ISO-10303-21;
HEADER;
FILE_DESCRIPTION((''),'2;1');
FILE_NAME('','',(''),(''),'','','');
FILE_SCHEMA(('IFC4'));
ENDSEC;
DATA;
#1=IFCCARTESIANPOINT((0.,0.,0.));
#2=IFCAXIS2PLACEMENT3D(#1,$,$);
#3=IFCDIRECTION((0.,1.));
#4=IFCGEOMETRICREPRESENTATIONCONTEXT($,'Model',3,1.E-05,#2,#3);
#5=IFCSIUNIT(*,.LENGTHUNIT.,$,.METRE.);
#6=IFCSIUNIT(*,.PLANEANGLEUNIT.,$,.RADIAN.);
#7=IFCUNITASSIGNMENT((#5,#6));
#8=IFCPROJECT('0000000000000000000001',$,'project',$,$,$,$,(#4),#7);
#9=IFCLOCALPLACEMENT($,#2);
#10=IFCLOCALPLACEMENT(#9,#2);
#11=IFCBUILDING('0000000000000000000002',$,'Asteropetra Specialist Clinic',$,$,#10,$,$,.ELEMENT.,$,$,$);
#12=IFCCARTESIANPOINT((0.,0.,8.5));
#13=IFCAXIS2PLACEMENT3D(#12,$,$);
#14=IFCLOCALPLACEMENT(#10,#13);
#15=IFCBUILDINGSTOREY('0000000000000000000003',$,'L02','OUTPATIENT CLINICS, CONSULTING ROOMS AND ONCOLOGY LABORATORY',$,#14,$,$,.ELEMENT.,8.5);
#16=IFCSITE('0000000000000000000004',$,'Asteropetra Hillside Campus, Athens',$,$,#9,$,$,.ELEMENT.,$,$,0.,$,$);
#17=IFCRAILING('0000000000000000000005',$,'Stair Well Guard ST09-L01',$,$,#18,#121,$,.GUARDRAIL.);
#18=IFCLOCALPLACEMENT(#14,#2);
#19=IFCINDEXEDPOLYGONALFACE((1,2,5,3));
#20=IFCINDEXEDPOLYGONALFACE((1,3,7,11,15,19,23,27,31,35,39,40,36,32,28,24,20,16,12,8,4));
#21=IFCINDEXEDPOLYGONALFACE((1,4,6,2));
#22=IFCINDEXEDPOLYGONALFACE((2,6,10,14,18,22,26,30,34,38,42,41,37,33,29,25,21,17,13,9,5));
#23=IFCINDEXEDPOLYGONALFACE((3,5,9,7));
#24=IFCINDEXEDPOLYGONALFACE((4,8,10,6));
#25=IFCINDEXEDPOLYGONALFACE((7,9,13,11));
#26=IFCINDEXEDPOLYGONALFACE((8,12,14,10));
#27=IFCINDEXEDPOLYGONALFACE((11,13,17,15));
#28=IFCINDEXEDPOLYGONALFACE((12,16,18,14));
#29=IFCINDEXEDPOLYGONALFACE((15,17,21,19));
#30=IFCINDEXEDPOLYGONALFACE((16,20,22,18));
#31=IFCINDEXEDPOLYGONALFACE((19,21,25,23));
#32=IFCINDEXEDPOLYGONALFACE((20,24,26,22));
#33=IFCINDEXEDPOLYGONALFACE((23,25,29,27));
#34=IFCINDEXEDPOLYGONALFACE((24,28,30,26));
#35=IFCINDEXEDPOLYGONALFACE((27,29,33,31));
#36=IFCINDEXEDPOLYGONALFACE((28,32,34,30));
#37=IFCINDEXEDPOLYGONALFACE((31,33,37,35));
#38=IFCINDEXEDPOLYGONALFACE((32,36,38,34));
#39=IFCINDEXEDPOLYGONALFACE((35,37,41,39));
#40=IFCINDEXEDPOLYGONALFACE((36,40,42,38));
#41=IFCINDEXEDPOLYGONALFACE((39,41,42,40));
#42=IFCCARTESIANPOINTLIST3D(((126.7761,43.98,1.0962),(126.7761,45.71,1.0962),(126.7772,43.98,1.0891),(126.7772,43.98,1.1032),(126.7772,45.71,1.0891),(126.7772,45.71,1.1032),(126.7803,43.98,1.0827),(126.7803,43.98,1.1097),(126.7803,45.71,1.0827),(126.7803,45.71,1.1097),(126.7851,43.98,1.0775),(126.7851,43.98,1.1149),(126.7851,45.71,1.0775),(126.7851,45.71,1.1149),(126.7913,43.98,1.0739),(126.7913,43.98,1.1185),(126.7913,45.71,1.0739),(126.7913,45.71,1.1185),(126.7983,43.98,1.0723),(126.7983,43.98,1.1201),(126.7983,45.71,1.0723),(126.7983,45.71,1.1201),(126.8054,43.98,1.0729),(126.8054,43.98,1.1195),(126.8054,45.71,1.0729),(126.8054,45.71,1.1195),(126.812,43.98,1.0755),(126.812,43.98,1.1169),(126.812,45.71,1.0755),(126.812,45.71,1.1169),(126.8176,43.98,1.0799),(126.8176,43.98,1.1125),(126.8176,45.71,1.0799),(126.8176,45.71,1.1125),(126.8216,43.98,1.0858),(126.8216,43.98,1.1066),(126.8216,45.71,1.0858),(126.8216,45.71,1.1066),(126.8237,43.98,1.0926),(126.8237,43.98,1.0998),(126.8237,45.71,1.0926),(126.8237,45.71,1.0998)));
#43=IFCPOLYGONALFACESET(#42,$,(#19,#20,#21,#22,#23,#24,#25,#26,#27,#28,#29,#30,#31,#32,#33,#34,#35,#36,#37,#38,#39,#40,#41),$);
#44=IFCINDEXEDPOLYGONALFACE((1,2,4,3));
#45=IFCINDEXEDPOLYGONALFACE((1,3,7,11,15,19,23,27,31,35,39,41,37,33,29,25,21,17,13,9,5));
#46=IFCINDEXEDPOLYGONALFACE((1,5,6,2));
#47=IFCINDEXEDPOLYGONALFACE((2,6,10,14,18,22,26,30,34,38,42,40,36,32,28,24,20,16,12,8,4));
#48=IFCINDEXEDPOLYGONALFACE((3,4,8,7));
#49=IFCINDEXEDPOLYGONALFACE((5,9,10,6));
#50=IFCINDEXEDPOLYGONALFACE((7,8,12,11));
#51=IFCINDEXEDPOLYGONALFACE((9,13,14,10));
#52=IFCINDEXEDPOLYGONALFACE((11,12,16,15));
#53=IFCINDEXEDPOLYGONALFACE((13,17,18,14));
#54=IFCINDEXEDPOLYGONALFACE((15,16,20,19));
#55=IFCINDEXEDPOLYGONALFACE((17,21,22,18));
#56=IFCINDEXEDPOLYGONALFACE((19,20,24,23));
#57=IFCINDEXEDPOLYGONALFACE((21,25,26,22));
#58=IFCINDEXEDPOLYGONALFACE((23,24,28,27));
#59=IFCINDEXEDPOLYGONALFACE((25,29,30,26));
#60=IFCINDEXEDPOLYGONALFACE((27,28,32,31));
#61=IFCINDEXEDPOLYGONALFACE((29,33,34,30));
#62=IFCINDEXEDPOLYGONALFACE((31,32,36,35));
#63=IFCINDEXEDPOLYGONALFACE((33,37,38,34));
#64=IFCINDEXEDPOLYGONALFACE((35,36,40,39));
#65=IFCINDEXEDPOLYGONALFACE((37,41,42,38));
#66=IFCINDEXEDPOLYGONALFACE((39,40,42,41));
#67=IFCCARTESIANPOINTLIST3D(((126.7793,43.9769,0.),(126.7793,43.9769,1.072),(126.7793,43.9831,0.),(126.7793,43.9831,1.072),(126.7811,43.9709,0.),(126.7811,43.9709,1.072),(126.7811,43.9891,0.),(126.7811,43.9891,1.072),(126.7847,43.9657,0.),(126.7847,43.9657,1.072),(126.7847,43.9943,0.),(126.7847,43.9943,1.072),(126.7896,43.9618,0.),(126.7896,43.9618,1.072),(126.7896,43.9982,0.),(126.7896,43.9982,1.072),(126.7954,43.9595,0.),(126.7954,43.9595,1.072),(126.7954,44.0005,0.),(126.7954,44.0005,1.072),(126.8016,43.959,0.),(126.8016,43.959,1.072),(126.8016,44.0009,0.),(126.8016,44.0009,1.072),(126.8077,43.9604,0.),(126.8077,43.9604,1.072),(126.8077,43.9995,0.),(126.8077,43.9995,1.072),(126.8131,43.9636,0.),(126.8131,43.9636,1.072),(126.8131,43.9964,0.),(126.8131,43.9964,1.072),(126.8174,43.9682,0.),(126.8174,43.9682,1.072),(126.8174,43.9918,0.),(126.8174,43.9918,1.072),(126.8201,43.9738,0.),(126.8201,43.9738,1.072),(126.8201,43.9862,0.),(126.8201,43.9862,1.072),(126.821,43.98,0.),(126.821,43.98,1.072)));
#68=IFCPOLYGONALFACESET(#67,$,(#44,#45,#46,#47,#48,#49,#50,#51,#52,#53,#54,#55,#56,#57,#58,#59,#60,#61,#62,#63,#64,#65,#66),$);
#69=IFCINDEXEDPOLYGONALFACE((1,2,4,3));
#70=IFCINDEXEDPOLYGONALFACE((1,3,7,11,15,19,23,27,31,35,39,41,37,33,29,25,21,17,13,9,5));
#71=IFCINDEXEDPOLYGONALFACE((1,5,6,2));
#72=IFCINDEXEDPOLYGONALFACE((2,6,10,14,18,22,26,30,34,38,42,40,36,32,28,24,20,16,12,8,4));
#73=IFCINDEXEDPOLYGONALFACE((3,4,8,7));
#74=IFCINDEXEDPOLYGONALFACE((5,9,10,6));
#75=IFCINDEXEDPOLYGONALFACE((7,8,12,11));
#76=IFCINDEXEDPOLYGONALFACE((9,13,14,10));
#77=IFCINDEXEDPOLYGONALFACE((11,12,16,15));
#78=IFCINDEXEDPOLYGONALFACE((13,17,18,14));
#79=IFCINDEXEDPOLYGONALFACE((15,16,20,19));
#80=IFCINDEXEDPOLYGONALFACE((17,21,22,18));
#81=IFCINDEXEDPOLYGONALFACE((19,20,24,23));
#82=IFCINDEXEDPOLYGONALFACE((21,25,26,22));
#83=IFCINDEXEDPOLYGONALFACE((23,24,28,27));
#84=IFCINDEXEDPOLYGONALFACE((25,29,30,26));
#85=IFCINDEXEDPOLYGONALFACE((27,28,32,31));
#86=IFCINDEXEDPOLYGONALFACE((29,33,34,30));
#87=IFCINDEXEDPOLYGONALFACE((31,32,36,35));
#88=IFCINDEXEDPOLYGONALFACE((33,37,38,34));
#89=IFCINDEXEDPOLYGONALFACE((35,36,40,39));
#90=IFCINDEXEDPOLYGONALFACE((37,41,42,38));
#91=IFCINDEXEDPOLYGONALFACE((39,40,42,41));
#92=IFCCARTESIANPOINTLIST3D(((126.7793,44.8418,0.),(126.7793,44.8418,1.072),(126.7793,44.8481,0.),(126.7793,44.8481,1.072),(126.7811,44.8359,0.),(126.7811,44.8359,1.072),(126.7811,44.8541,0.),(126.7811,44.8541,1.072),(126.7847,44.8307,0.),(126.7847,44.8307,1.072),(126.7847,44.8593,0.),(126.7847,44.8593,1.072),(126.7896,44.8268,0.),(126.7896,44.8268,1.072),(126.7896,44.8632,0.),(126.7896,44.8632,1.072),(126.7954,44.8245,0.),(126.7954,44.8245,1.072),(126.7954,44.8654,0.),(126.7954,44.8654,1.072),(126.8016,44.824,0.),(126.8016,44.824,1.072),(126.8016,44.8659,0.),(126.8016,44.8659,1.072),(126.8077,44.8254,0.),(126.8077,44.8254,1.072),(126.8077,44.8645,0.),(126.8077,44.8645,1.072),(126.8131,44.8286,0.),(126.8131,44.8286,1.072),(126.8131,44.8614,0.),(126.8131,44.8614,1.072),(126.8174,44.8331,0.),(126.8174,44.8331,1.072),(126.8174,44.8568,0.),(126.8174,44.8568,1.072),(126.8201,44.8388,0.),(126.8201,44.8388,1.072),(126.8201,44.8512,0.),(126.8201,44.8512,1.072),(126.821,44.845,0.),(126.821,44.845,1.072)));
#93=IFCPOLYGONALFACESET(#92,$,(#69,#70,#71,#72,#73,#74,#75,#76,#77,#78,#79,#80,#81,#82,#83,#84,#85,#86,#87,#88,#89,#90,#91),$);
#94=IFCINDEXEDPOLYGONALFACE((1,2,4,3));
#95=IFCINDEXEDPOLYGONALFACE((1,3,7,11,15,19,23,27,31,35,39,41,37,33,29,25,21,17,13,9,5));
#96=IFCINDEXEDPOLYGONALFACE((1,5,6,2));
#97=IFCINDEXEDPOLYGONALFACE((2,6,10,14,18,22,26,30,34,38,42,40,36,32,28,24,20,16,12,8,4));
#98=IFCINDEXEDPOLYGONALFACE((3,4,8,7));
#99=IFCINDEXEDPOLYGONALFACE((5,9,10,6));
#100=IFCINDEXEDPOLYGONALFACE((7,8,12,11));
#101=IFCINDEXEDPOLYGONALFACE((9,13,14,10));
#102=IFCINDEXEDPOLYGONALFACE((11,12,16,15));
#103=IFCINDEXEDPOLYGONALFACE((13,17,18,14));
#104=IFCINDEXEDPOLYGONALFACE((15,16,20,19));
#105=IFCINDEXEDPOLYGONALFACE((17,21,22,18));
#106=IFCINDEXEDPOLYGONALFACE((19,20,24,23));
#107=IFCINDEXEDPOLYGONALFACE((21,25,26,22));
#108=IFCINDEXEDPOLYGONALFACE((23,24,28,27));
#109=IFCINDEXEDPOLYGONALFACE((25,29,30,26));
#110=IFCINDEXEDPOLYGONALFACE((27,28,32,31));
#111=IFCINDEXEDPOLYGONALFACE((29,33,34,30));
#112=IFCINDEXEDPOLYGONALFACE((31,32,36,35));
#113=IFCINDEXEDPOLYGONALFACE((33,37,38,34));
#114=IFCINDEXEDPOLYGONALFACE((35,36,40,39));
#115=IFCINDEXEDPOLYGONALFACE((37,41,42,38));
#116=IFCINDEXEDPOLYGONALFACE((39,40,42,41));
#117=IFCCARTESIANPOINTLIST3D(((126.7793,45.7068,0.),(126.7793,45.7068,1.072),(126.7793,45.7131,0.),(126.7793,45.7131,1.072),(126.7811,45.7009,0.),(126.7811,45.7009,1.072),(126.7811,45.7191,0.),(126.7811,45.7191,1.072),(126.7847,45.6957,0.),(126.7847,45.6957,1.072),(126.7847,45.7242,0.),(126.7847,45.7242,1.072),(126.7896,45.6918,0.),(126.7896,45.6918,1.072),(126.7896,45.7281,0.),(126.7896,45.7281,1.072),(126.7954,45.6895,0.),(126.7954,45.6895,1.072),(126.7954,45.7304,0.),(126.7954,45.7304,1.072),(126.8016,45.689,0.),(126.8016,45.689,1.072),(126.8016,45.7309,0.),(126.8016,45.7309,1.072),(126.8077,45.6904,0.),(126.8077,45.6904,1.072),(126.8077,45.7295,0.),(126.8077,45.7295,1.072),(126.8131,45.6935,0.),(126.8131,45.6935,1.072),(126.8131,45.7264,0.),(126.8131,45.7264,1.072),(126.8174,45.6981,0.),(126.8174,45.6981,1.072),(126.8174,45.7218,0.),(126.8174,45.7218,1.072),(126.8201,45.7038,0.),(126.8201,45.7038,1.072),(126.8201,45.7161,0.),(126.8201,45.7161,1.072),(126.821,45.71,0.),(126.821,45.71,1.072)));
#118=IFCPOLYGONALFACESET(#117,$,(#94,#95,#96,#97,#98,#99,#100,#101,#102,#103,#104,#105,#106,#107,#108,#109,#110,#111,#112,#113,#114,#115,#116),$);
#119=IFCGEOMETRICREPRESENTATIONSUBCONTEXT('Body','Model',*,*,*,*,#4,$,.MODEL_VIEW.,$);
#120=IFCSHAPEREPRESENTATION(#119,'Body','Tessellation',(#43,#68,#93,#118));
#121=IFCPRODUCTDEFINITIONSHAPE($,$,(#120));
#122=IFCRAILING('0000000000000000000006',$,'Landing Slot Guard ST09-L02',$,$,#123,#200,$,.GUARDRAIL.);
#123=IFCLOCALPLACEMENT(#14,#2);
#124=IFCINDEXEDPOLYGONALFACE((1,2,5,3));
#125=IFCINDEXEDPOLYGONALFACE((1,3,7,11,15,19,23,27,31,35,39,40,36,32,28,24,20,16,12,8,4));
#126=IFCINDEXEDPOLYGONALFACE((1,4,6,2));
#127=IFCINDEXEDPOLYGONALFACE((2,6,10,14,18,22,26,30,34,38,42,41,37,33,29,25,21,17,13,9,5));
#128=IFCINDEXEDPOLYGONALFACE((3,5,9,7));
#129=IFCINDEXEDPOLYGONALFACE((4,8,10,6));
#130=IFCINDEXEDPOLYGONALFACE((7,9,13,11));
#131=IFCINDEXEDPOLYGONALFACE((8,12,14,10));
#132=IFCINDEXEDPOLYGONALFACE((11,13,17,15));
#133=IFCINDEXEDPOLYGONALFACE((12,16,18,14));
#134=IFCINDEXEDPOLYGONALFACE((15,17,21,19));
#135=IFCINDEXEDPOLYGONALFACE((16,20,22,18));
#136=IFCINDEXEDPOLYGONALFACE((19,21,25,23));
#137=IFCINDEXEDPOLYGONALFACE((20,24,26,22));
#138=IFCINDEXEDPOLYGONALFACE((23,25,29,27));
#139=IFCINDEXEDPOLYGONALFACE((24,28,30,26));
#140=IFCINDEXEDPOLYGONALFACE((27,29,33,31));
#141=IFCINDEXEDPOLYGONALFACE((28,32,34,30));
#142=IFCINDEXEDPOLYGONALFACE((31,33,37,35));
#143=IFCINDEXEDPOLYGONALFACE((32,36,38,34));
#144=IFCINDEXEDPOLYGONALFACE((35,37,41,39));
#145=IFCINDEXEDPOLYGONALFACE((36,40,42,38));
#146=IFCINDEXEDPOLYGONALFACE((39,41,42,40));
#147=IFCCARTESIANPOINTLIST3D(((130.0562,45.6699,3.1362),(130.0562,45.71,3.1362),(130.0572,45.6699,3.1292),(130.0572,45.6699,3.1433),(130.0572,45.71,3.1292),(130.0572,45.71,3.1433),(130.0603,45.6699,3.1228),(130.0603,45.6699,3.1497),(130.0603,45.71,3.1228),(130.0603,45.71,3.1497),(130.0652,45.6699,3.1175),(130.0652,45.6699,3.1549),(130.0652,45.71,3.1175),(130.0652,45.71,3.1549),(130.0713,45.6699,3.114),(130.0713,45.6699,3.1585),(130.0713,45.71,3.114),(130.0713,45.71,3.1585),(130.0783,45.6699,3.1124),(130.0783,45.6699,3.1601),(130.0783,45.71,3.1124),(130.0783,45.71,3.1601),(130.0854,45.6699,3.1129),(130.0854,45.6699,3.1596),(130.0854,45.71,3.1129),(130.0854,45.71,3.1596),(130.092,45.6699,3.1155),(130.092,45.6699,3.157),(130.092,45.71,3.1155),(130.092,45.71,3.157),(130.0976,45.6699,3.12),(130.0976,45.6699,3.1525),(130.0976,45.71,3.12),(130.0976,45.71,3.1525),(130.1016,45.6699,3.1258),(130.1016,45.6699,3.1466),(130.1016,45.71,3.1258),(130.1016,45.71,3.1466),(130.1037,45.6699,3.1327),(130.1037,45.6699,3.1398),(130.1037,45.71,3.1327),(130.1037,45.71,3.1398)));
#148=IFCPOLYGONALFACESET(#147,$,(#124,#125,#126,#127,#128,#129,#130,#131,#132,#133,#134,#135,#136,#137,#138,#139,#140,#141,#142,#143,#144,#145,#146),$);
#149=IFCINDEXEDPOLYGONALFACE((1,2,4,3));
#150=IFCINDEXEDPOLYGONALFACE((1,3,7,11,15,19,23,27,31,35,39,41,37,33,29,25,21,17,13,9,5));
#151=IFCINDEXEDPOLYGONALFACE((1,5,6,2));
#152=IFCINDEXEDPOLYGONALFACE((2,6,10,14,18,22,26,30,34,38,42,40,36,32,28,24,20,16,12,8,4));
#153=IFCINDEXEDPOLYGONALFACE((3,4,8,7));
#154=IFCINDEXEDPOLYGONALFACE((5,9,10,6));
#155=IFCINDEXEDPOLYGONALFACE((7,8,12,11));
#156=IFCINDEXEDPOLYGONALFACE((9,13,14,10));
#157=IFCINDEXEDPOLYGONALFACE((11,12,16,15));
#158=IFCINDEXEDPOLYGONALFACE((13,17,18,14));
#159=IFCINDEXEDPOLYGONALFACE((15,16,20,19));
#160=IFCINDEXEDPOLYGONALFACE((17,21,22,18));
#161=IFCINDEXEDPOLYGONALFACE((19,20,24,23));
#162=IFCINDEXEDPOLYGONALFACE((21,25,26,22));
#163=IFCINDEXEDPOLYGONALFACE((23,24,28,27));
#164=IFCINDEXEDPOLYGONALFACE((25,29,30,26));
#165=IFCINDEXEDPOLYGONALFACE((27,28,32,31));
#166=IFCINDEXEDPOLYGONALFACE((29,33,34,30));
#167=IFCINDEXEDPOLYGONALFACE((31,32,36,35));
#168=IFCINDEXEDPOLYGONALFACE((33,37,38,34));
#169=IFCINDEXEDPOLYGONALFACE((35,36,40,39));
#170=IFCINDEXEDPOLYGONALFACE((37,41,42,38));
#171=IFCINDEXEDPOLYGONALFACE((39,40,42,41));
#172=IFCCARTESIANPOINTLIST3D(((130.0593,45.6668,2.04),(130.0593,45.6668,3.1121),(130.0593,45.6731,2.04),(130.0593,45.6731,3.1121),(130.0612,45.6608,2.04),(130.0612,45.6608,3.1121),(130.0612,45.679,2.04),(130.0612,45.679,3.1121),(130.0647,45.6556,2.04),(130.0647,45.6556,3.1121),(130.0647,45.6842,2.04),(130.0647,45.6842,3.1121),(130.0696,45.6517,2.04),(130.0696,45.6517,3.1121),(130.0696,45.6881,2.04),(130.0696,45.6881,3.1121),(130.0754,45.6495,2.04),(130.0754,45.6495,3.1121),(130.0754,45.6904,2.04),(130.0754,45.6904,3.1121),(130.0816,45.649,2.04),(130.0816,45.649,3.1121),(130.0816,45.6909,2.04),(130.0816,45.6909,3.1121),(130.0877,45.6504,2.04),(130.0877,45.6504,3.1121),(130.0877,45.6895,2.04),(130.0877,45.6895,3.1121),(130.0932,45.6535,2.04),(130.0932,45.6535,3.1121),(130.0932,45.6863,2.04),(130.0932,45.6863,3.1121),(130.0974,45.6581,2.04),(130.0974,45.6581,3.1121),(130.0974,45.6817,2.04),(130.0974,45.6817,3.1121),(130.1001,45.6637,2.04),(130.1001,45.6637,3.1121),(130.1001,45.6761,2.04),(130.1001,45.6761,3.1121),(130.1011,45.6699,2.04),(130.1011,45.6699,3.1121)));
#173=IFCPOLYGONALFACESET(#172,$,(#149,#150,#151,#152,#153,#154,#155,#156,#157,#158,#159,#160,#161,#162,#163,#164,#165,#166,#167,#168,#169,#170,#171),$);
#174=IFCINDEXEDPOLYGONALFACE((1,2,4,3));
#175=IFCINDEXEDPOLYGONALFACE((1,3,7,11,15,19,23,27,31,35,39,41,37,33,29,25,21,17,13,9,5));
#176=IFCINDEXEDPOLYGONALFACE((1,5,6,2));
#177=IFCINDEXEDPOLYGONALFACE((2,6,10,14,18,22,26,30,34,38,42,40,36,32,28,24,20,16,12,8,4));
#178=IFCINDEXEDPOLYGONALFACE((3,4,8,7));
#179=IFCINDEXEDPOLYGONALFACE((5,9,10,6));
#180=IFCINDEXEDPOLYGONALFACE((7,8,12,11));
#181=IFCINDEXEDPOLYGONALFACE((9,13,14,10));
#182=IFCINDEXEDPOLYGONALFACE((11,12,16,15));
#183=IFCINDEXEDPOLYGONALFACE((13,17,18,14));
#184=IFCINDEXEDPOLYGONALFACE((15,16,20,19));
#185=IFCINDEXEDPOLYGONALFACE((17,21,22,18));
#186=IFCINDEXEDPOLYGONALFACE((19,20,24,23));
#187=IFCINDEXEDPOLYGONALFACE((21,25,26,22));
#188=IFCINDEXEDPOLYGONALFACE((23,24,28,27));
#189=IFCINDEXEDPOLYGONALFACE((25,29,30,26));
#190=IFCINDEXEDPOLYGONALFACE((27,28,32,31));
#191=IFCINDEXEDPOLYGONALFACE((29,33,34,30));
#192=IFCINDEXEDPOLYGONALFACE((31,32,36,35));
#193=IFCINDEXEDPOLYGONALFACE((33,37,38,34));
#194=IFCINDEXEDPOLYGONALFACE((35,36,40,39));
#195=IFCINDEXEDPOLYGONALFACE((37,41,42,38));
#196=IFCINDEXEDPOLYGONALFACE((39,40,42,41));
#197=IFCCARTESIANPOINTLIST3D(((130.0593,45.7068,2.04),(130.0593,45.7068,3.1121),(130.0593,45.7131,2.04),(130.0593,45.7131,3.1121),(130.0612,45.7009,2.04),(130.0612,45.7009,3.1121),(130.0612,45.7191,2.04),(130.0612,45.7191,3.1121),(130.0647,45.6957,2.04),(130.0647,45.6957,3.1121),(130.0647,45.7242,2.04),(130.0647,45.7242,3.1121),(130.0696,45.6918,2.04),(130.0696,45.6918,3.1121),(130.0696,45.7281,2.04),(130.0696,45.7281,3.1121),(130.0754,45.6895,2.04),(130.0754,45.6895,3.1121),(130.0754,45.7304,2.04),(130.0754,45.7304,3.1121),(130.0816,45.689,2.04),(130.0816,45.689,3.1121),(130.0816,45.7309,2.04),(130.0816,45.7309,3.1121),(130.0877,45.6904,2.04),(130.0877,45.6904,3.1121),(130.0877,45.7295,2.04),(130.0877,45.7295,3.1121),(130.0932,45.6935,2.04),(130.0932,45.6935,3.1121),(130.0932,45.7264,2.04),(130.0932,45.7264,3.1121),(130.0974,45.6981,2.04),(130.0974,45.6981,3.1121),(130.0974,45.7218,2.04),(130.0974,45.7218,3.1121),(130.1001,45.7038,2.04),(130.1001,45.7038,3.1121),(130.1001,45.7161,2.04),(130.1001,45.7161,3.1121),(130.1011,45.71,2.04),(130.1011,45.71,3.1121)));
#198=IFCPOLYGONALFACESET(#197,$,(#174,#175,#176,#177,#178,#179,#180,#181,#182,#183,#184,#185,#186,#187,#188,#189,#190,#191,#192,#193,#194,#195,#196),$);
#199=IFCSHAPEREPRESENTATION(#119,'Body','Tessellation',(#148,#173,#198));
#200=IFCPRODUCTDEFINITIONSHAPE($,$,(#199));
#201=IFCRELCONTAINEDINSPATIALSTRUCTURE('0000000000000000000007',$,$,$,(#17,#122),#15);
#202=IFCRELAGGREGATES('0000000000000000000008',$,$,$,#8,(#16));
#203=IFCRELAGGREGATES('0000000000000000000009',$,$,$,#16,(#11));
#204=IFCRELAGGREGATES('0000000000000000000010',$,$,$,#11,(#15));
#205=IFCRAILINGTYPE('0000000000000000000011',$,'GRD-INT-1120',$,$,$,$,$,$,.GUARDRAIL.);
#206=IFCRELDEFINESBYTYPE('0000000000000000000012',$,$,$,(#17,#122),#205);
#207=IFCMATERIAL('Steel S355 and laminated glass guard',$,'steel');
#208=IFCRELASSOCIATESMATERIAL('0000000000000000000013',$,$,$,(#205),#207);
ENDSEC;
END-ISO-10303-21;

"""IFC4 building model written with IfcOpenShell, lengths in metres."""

from ifc_helpers import new_model, si_unit, direction, frame, origin, origin_2d, place, context, subcontext, project, spatial, circle, extrude, material, type_object, element, save


model = new_model("IFC4")

# Units and contexts
model_context = context("Model", 3, precision=1e-05, world=origin(), true_north=direction((0.0, 1.0)))
body_context = subcontext(model_context, "Body", "Model", "MODEL_VIEW")
ifc_project = project(units=[si_unit("LENGTHUNIT", "METRE"), si_unit("PLANEANGLEUNIT", "RADIAN")], contexts=[model_context])

# Site, building, storey
site_placement = place(None, origin())
site = spatial("IfcSite", under=ifc_project, at=site_placement, Name="Asteropetra Hillside Campus, Athens", CompositionType="ELEMENT", RefElevation=0.0)
building_placement = place(site_placement, origin())
building = spatial("IfcBuilding", under=site, at=building_placement, Name="Asteropetra Specialist Clinic", CompositionType="ELEMENT")
storey_placement = place(building_placement, frame((0.0, 0.0, 8.5)))
storey = spatial("IfcBuildingStorey", under=building, at=storey_placement, Name="L02", Description="OUTPATIENT CLINICS, CONSULTING ROOMS AND ONCOLOGY LABORATORY", CompositionType="ELEMENT", Elevation=8.5)

# Railings
ifc_material_1 = material(Name="Steel S355 and laminated glass guard", Category="steel")
railing_type_1 = type_object("IfcRailingType", Name="GRD-INT-1120", PredefinedType="GUARDRAIL", material=ifc_material_1)
railing_1_placement = place(storey_placement, frame((126.8, 43.98, 0.0)))
element("IfcRailing", 1, at=railing_1_placement, inside=storey, type_object=railing_type_1, Name="Stair Well Guard ST09-L01", PredefinedType="GUARDRAIL", context=body_context, shape_type="SweptSolid", body=[
    extrude(circle(Radius=0.0239, at=origin_2d()), frame((0.0, 0.0, 1.0962), z_axis=(0.0, 1.0, 0.0), x_axis=(-1.0, 0.0, 0.0)), (0.0, 0.0, 1.0), 1.73),
    extrude(circle(Radius=0.021, at=origin_2d()), origin(), (0.0, 0.0, 1.0), 1.072),
    extrude(circle(Radius=0.021, at=origin_2d()), frame((0.0, 0.865, 0.0)), (0.0, 0.0, 1.0), 1.072),
    extrude(circle(Radius=0.021, at=origin_2d()), frame((0.0, 1.73, 0.0)), (0.0, 0.0, 1.0), 1.072),
])
railing_2_placement = place(storey_placement, frame((130.0801, 45.6699, 2.04)))
element("IfcRailing", 2, at=railing_2_placement, inside=storey, type_object=railing_type_1, Name="Landing Slot Guard ST09-L02", PredefinedType="GUARDRAIL", context=body_context, shape_type="SweptSolid", body=[
    extrude(circle(Radius=0.0239, at=origin_2d()), frame((0.0, 0.0, 1.0962), z_axis=(0.0, 1.0, 0.0), x_axis=(-1.0, 0.0, 0.0)), (0.0, 0.0, 1.0), 0.04),
    extrude(circle(Radius=0.021, at=origin_2d()), origin(), (0.0, 0.0, 1.0), 1.072),
    extrude(circle(Radius=0.021, at=origin_2d()), frame((0.0, 0.04, 0.0)), (0.0, 0.0, 1.0), 1.072),
])

save(model, "model.ifc")
